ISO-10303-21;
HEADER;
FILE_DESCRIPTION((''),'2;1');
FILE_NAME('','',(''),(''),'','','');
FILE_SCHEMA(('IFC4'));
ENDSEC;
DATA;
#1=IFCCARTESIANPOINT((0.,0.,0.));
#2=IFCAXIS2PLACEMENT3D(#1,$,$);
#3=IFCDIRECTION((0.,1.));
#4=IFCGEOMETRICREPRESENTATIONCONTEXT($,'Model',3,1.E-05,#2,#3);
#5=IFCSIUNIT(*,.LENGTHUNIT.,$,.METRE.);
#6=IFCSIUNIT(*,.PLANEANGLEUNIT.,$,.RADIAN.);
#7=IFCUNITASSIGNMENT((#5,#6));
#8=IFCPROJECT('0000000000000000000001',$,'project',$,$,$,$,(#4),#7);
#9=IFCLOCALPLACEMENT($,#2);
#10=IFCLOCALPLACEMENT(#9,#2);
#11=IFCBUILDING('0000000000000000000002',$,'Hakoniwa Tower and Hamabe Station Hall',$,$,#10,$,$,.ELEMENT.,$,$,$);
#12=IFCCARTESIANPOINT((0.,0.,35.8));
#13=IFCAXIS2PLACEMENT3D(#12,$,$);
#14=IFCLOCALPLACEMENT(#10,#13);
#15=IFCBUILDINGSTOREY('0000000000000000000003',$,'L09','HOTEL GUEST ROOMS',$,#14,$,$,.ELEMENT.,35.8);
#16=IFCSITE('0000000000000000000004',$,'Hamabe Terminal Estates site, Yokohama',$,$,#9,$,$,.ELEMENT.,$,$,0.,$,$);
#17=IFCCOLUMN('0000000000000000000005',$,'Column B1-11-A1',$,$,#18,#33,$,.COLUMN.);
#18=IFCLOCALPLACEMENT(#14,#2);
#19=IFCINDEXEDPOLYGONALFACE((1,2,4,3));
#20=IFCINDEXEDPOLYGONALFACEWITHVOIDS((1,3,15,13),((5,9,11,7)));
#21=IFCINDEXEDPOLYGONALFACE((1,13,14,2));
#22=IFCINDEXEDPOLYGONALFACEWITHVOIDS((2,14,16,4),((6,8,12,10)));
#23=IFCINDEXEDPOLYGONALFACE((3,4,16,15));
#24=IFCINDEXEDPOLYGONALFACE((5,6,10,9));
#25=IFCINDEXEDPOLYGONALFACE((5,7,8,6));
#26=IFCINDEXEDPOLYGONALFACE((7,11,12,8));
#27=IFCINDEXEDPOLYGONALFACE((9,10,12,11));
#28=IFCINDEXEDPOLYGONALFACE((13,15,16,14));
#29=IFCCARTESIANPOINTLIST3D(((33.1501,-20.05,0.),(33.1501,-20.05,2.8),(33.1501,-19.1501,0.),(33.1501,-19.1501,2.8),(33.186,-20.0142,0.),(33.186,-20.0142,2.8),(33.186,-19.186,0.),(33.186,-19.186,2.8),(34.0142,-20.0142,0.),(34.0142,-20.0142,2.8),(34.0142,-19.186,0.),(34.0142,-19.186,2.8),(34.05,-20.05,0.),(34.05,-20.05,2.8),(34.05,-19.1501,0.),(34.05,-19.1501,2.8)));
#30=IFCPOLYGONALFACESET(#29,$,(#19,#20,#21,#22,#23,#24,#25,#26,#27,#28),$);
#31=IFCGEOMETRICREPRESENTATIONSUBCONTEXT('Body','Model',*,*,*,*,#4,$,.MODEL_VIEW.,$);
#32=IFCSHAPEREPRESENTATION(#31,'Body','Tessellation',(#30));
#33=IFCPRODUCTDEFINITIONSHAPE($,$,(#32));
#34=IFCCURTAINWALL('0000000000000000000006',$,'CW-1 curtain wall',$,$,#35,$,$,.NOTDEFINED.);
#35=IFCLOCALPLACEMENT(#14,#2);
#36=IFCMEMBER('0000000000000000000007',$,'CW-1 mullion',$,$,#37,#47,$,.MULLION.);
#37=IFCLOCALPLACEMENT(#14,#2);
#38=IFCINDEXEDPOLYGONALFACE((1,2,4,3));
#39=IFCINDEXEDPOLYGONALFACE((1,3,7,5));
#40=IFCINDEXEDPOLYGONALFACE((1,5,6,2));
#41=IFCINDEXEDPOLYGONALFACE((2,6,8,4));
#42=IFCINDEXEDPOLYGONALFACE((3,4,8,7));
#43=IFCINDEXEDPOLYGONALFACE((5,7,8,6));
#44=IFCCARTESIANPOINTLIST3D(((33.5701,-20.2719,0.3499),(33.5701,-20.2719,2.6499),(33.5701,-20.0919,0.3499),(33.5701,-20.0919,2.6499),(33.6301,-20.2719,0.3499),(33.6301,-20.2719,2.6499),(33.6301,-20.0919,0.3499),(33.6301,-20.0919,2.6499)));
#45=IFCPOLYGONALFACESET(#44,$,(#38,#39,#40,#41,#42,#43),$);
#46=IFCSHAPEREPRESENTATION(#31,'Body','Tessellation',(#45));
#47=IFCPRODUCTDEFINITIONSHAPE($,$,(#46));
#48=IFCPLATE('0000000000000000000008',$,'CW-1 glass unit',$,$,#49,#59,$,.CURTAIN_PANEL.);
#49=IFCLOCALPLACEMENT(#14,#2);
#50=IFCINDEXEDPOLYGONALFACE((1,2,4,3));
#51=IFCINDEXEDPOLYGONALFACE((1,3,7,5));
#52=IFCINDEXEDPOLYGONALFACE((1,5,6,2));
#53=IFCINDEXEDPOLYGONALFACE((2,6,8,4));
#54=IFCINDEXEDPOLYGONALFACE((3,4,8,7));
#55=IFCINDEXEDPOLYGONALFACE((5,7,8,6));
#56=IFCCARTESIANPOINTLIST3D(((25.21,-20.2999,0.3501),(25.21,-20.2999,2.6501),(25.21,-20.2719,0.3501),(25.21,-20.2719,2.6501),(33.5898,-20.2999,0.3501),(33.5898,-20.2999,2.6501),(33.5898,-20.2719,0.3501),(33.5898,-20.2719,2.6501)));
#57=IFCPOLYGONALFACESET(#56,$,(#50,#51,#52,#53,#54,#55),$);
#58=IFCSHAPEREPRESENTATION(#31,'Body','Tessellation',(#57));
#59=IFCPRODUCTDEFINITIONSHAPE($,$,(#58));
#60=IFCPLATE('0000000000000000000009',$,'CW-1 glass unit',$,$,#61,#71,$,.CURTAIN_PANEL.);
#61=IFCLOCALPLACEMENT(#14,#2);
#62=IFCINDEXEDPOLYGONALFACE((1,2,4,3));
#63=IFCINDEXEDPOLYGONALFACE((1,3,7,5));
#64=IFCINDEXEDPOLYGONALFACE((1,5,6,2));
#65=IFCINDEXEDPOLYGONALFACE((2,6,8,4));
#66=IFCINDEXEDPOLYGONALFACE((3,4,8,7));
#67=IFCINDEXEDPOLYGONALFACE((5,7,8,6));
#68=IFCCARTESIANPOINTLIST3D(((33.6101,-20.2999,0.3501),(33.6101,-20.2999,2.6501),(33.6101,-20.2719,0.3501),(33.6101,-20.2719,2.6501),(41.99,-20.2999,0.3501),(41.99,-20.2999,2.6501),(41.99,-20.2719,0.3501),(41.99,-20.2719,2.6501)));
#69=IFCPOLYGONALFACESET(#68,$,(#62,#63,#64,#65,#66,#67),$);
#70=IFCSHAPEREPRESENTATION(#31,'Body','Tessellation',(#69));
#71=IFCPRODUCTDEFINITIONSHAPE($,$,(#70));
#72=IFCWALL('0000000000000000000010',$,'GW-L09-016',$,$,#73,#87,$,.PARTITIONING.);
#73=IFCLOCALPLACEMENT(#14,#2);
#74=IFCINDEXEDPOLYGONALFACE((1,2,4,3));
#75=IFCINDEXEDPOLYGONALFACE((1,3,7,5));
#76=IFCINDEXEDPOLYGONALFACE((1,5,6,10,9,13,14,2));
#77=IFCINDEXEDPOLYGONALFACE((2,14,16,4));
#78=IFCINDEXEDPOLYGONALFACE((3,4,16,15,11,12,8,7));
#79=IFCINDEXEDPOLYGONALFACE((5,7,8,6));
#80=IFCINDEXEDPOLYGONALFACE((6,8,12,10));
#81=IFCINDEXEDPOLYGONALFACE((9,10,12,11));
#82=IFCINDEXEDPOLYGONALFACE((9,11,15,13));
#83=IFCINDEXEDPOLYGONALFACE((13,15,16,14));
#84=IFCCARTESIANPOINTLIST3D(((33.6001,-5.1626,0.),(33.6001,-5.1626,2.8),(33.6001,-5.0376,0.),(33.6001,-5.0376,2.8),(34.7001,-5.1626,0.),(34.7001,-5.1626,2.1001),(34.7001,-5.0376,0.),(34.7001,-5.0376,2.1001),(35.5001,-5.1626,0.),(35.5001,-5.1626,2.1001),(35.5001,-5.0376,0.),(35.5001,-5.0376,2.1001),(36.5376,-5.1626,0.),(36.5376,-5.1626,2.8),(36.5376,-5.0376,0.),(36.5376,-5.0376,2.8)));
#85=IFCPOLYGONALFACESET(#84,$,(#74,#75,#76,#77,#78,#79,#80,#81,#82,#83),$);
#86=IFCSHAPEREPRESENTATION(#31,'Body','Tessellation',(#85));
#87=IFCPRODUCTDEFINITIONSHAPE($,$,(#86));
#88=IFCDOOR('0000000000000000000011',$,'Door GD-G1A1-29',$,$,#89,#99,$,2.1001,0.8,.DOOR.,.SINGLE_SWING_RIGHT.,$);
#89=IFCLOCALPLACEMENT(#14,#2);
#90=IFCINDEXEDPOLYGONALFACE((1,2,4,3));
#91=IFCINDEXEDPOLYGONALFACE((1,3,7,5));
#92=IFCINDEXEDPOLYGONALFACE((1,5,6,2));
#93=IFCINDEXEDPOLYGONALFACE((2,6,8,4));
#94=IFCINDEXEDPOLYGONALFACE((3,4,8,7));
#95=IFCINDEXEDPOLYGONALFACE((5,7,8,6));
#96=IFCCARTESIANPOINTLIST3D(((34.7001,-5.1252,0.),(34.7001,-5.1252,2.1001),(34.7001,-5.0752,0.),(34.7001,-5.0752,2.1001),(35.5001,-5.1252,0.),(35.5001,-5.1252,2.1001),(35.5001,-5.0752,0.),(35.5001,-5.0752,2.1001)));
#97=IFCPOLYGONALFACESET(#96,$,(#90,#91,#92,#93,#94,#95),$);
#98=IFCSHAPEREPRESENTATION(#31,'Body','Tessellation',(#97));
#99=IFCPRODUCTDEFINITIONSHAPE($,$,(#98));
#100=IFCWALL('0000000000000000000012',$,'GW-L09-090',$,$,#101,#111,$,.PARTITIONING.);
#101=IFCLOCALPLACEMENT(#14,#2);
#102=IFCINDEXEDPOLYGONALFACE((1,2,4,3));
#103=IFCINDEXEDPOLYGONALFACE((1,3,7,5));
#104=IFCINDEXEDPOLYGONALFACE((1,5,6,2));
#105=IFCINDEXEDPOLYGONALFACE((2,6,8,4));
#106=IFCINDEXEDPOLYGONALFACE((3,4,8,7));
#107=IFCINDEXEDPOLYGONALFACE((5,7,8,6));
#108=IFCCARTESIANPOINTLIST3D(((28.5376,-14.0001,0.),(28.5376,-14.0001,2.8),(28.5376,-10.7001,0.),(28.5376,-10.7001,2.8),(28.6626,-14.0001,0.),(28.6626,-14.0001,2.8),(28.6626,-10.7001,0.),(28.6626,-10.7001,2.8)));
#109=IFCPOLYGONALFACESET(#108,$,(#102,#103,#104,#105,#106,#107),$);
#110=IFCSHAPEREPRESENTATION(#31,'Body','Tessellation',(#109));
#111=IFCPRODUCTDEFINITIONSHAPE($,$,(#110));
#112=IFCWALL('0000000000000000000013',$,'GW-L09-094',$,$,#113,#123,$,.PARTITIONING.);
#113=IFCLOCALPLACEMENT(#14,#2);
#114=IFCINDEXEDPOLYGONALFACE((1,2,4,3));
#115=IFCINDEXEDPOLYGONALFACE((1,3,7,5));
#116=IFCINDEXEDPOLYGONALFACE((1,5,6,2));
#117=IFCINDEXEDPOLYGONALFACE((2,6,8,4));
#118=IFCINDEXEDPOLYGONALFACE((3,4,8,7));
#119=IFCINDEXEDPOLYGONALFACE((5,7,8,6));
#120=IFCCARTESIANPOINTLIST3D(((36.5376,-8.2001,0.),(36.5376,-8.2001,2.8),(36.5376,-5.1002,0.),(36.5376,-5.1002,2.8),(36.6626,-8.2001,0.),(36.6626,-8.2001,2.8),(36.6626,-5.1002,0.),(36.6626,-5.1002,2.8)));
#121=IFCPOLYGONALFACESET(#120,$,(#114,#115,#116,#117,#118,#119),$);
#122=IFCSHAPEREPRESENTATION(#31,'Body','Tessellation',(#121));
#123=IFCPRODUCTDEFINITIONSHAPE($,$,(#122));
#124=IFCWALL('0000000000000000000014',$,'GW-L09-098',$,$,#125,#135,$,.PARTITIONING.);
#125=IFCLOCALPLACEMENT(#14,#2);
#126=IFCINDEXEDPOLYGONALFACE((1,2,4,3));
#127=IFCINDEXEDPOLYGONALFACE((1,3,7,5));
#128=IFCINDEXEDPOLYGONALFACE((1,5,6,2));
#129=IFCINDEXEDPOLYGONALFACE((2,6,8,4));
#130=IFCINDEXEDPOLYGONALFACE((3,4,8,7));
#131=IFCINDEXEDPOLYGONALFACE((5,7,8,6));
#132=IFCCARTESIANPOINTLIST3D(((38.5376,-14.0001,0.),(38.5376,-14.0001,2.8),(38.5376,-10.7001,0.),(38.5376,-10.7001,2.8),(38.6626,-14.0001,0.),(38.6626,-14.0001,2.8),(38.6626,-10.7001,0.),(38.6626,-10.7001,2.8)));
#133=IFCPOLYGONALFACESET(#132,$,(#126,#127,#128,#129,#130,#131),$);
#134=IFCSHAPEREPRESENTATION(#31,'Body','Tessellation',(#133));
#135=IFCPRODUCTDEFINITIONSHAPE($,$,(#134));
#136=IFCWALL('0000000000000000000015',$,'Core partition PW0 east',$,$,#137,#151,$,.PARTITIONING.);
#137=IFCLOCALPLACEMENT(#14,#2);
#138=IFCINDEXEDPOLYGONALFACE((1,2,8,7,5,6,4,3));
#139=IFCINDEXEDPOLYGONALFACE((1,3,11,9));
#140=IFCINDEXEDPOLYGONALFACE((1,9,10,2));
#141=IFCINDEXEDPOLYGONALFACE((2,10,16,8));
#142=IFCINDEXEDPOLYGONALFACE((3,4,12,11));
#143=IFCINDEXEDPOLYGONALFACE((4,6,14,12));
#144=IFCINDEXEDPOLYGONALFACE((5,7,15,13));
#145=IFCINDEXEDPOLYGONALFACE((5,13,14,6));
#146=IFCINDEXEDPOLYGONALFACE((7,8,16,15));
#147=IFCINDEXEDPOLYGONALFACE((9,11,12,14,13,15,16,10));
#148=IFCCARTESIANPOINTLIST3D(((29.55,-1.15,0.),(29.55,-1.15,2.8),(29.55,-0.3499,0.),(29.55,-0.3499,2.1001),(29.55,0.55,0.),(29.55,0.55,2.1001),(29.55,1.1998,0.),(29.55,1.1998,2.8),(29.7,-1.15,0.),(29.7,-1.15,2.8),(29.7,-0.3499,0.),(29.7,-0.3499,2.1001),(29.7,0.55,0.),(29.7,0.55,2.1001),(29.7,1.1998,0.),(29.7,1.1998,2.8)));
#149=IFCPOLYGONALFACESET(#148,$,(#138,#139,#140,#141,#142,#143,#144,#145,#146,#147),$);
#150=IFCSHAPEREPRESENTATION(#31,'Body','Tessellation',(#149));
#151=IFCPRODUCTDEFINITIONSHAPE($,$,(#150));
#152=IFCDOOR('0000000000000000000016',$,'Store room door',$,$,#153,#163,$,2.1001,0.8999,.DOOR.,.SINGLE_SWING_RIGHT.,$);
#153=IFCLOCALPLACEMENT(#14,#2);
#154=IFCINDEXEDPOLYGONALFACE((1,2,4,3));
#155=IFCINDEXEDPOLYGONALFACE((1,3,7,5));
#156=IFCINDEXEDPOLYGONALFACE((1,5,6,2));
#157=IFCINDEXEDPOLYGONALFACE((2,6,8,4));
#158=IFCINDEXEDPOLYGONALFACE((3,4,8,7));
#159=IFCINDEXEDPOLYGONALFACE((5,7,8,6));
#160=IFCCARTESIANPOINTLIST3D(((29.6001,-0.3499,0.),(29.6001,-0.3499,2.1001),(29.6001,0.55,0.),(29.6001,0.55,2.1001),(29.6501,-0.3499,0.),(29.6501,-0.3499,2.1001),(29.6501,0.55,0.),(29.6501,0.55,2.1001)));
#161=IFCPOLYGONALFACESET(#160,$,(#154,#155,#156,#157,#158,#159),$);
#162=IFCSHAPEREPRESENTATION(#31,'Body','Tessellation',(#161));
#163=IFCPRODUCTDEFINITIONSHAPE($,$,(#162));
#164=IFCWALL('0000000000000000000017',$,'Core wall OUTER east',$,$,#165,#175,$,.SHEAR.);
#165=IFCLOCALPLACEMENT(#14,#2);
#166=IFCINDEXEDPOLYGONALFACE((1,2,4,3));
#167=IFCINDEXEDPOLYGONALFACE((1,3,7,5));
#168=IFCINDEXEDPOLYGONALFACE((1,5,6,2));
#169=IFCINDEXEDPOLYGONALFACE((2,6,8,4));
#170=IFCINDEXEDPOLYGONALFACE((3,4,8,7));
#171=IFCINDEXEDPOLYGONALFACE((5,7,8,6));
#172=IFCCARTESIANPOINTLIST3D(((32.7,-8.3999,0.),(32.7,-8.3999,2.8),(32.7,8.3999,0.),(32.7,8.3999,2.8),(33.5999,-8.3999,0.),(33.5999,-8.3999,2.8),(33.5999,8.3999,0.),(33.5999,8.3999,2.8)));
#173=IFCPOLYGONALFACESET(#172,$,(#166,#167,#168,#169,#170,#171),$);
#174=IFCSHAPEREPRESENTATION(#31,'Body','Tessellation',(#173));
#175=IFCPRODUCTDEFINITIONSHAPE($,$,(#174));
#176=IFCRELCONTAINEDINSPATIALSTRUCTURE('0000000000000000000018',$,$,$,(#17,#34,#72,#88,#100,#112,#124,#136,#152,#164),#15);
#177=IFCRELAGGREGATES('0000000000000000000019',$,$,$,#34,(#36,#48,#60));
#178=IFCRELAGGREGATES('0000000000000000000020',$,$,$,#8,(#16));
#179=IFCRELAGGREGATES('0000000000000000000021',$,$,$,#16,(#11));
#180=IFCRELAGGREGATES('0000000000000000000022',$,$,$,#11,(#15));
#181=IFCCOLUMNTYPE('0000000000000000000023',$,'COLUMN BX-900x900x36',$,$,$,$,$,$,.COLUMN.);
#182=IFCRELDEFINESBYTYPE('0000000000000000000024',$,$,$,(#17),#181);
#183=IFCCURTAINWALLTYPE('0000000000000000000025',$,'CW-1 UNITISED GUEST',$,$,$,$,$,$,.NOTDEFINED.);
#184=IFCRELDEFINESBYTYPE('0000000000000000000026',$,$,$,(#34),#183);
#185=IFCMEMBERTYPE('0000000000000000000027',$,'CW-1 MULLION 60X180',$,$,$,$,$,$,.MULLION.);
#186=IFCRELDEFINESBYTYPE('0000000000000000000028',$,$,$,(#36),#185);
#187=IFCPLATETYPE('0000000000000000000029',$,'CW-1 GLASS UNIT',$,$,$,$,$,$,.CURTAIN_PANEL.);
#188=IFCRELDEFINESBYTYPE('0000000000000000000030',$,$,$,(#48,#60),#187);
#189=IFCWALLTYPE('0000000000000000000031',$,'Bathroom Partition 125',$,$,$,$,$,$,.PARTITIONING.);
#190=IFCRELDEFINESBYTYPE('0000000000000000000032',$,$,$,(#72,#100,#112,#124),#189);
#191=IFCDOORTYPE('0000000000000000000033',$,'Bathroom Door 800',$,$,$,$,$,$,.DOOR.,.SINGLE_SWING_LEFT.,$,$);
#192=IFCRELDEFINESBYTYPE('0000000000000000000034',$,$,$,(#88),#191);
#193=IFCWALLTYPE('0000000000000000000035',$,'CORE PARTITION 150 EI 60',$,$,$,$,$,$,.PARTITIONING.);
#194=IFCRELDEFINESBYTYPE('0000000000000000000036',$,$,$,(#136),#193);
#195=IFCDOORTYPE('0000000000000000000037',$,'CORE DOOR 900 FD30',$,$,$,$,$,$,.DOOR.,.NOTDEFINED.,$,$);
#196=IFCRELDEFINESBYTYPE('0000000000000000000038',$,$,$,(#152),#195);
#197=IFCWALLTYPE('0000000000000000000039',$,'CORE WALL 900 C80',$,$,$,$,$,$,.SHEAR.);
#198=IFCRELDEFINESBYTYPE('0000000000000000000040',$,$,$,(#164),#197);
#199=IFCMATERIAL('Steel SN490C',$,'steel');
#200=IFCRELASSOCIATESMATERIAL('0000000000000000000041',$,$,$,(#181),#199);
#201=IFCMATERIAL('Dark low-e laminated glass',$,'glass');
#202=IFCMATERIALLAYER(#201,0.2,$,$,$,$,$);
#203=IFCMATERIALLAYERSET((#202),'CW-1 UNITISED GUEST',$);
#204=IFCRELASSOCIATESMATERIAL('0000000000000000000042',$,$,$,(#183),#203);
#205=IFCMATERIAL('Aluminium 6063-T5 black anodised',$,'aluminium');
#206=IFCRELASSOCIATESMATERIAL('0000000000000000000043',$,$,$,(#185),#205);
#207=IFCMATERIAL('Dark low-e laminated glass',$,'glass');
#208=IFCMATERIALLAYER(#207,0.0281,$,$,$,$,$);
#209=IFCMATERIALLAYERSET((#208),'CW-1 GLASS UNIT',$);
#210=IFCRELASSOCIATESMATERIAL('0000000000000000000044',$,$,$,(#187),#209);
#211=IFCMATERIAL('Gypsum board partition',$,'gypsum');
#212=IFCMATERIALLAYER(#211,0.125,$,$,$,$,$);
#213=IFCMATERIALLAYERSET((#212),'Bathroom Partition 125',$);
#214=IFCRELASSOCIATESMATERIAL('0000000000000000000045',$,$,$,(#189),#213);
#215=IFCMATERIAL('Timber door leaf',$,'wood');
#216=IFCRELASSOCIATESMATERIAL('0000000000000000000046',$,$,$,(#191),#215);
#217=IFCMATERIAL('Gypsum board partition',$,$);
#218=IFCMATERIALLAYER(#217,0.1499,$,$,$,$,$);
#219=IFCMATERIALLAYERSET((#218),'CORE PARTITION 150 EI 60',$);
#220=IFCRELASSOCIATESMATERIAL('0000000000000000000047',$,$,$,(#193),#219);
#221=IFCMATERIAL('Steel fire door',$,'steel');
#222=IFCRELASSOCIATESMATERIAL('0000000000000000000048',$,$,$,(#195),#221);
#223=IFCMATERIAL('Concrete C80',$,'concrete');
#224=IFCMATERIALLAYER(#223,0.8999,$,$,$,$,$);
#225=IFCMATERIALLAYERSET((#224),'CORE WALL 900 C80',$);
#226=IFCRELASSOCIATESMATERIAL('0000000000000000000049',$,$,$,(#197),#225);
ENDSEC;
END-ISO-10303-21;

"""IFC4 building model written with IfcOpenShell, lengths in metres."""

from ifc_helpers import new_model, si_unit, direction, frame, frame_2d, origin, origin_2d, place, context, subcontext, project, spatial, rectangle, hollow_rectangle, extrude, material, layer, layer_set, material_profile, profile_set, type_object, element, fill, aggregate, save


model = new_model("IFC4")

# Units and contexts
model_context = context("Model", 3, precision=1e-05, world=origin(), true_north=direction((0.0, 1.0)))
body_context = subcontext(model_context, "Body", "Model", "MODEL_VIEW")
ifc_project = project(units=[si_unit("LENGTHUNIT", "METRE"), si_unit("PLANEANGLEUNIT", "RADIAN")], contexts=[model_context])

# Site, building, storey
site_placement = place(None, origin())
site = spatial("IfcSite", under=ifc_project, at=site_placement, Name="Hamabe Terminal Estates site, Yokohama", CompositionType="ELEMENT", RefElevation=0.0)
building_placement = place(site_placement, origin())
building = spatial("IfcBuilding", under=site, at=building_placement, Name="Hakoniwa Tower and Hamabe Station Hall", CompositionType="ELEMENT")
storey_placement = place(building_placement, frame((0.0, 0.0, 35.8)))
storey = spatial("IfcBuildingStorey", under=building, at=storey_placement, Name="L09", Description="HOTEL GUEST ROOMS", CompositionType="ELEMENT", Elevation=35.8)

# Column
ifc_material_1 = material(Name="Steel SN490C", Category="steel")
ifc_material_profile_1 = material_profile(ifc_material_1, hollow_rectangle(XDim=0.8999, YDim=0.8999, WallThickness=0.0359, at=origin_2d()), Name="BX-900x900x36")
ifc_profile_set_1 = profile_set([ifc_material_profile_1], Name="Steel SN490C")
column_type = type_object("IfcColumnType", Name="COLUMN BX-900x900x36", PredefinedType="COLUMN", material=ifc_profile_set_1)
column_placement = place(storey_placement, frame((33.6001, -19.6001, 0.0), z_axis=(0.0, 0.0, 1.0), x_axis=(1.0, 0.0, 0.0)))
element("IfcColumn", 1, at=column_placement, inside=storey, type_object=column_type, Name="Column B1-11-A1", PredefinedType="COLUMN", context=body_context, shape_type="SweptSolid", body=[
    extrude(hollow_rectangle(XDim=0.8999, YDim=0.8999, WallThickness=0.0359, at=origin_2d()), origin(), (0.0, 0.0, 1.0), 2.8),
])

# Curtain wall, member, plates
ifc_material_2 = material(Name="Dark low-e laminated glass", Category="glass")
ifc_layer_1 = layer(ifc_material_2, 0.2)
ifc_layer_set_1 = layer_set([ifc_layer_1], Name="CW-1 UNITISED GUEST")
curtain_wall_type = type_object("IfcCurtainWallType", Name="CW-1 UNITISED GUEST", PredefinedType="NOTDEFINED", material=ifc_layer_set_1)
curtain_wall_placement = place(storey_placement, origin())
curtain_wall = element("IfcCurtainWall", 2, at=curtain_wall_placement, inside=storey, type_object=curtain_wall_type, Name="CW-1 curtain wall", PredefinedType="NOTDEFINED")
ifc_material_3 = material(Name="Aluminium 6063-T5 black anodised", Category="aluminium")
ifc_material_profile_2 = material_profile(ifc_material_3, rectangle(XDim=0.0601, YDim=0.1799, at=origin_2d()), Name="CW-1 MULLION 60X180")
ifc_profile_set_2 = profile_set([ifc_material_profile_2], Name="Aluminium 6063-T5 black anodised")
member_type = type_object("IfcMemberType", Name="CW-1 MULLION 60X180", PredefinedType="MULLION", material=ifc_profile_set_2)
member_placement = place(storey_placement, frame((33.6001, -20.1819, 0.3499), z_axis=(0.0, 0.0, 1.0), x_axis=(1.0, 0.0, 0.0)))
member = element("IfcMember", 3, at=member_placement, type_object=member_type, Name="CW-1 mullion", PredefinedType="MULLION", context=body_context, shape_type="SweptSolid", body=[
    extrude(rectangle(XDim=0.0601, YDim=0.1799, at=origin_2d()), origin(), (0.0, 0.0, 1.0), 2.3),
])
ifc_material_4 = material(Name="Dark low-e laminated glass", Category="glass")
ifc_layer_2 = layer(ifc_material_4, 0.0281)
ifc_layer_set_2 = layer_set([ifc_layer_2], Name="CW-1 GLASS UNIT")
plate_type = type_object("IfcPlateType", Name="CW-1 GLASS UNIT", PredefinedType="CURTAIN_PANEL", material=ifc_layer_set_2)
plate_1_placement = place(storey_placement, frame((29.3999, -20.2859, 0.3501), z_axis=(0.0, 0.0, 1.0), x_axis=(1.0, 0.0, 0.0)))
plate_1 = element("IfcPlate", 4, at=plate_1_placement, type_object=plate_type, Name="CW-1 glass unit", PredefinedType="CURTAIN_PANEL", context=body_context, shape_type="SweptSolid", body=[
    extrude(rectangle(XDim=8.3799, YDim=0.0281, at=origin_2d()), origin(), (0.0, 0.0, 1.0), 2.3),
])
plate_2_placement = place(storey_placement, frame((37.8, -20.2859, 0.3501), z_axis=(0.0, 0.0, 1.0), x_axis=(1.0, 0.0, 0.0)))
plate_2 = element("IfcPlate", 5, at=plate_2_placement, type_object=plate_type, Name="CW-1 glass unit", PredefinedType="CURTAIN_PANEL", context=body_context, shape_type="SweptSolid", body=[
    extrude(rectangle(XDim=8.3799, YDim=0.0281, at=origin_2d()), origin(), (0.0, 0.0, 1.0), 2.3),
])
aggregate(curtain_wall, [member, plate_1, plate_2])

# Wall, opening, door
ifc_material_5 = material(Name="Gypsum board partition", Category="gypsum")
ifc_layer_3 = layer(ifc_material_5, 0.125)
ifc_layer_set_3 = layer_set([ifc_layer_3], Name="Bathroom Partition 125")
wall_type_1 = type_object("IfcWallType", Name="Bathroom Partition 125", PredefinedType="PARTITIONING", material=ifc_layer_set_3)
wall_1_placement = place(storey_placement, frame((33.6001, -5.1001, 0.0), z_axis=(0.0, 0.0, 1.0), x_axis=(1.0, 0.0, 0.0)))
wall_1 = element("IfcWall", 6, at=wall_1_placement, inside=storey, type_object=wall_type_1, Name="GW-L09-016", PredefinedType="PARTITIONING", context=body_context, shape_type="SweptSolid", body=[
    extrude(rectangle(XDim=2.9375, YDim=0.125, at=frame_2d((1.4688, 0.0))), origin(), (0.0, 0.0, 1.0), 2.8),
])
opening_1_placement = place(wall_1_placement, frame((1.1001, 0.0, 0.0)))
opening_1 = element("IfcOpeningElement", 7, at=opening_1_placement, cuts=wall_1, PredefinedType="OPENING", context=body_context, shape_type="SweptSolid", body=[
    extrude(rectangle(XDim=0.8, YDim=2.1001, at=frame_2d((0.3999, 1.05))), frame((0.0, 0.0725, 0.0), z_axis=(0.0, -1.0, 0.0), x_axis=(1.0, 0.0, 0.0)), (0.0, 0.0, 1.0), 0.145),
])
ifc_material_6 = material(Name="Timber door leaf", Category="wood")
door_type_1 = type_object("IfcDoorType", Name="Bathroom Door 800", OperationType="SINGLE_SWING_LEFT", PredefinedType="DOOR", material=ifc_material_6)
door_1_placement = place(opening_1_placement, origin())
door_1 = element("IfcDoor", 8, at=door_1_placement, inside=storey, type_object=door_type_1, Name="Door GD-G1A1-29", OperationType="SINGLE_SWING_RIGHT", OverallHeight=2.1001, OverallWidth=0.8, PredefinedType="DOOR", context=body_context, shape_type="SweptSolid", body=[
    extrude(rectangle(XDim=0.8, YDim=2.1001, at=frame_2d((0.3999, 1.05))), frame((0.0, 0.0249, 0.0), z_axis=(0.0, -1.0, 0.0), x_axis=(1.0, 0.0, 0.0)), (0.0, 0.0, 1.0), 0.05),
])
fill(opening_1, door_1)

# Walls
wall_2_placement = place(storey_placement, frame((28.6001, -14.0, 0.0), z_axis=(0.0, 0.0, 1.0), x_axis=(0.0, 1.0, 0.0)))
element("IfcWall", 9, at=wall_2_placement, inside=storey, type_object=wall_type_1, Name="GW-L09-090", PredefinedType="PARTITIONING", context=body_context, shape_type="SweptSolid", body=[
    extrude(rectangle(XDim=3.3, YDim=0.125, at=frame_2d((1.6499, 0.0))), origin(), (0.0, 0.0, 1.0), 2.8),
])
wall_3_placement = place(storey_placement, frame((36.6001, -8.2, 0.0), z_axis=(0.0, 0.0, 1.0), x_axis=(0.0, 1.0, 0.0)))
element("IfcWall", 10, at=wall_3_placement, inside=storey, type_object=wall_type_1, Name="GW-L09-094", PredefinedType="PARTITIONING", context=body_context, shape_type="SweptSolid", body=[
    extrude(rectangle(XDim=3.0999, YDim=0.125, at=frame_2d((1.5498, 0.0))), origin(), (0.0, 0.0, 1.0), 2.8),
])
wall_4_placement = place(storey_placement, frame((38.6001, -14.0, 0.0), z_axis=(0.0, 0.0, 1.0), x_axis=(0.0, 1.0, 0.0)))
element("IfcWall", 11, at=wall_4_placement, inside=storey, type_object=wall_type_1, Name="GW-L09-098", PredefinedType="PARTITIONING", context=body_context, shape_type="SweptSolid", body=[
    extrude(rectangle(XDim=3.3, YDim=0.125, at=frame_2d((1.6499, 0.0))), origin(), (0.0, 0.0, 1.0), 2.8),
])

# Wall, opening, door
ifc_material_7 = material(Name="Gypsum board partition")
ifc_layer_4 = layer(ifc_material_7, 0.1499)
ifc_layer_set_4 = layer_set([ifc_layer_4], Name="CORE PARTITION 150 EI 60")
wall_type_2 = type_object("IfcWallType", Name="CORE PARTITION 150 EI 60", PredefinedType="PARTITIONING", material=ifc_layer_set_4)
wall_5_placement = place(storey_placement, frame((29.625, -1.1499, 0.0), z_axis=(0.0, 0.0, 1.0), x_axis=(0.0, 1.0, 0.0)))
wall_5 = element("IfcWall", 12, at=wall_5_placement, inside=storey, type_object=wall_type_2, Name="Core partition PW0 east", PredefinedType="PARTITIONING", context=body_context, shape_type="SweptSolid", body=[
    extrude(rectangle(XDim=2.3499, YDim=0.1499, at=frame_2d((1.1748, 0.0))), origin(), (0.0, 0.0, 1.0), 2.8),
])
opening_2_placement = place(wall_5_placement, frame((0.8, 0.0, 0.0)))
opening_2 = element("IfcOpeningElement", 13, at=opening_2_placement, cuts=wall_5, PredefinedType="OPENING", context=body_context, shape_type="SweptSolid", body=[
    extrude(rectangle(XDim=0.8999, YDim=2.1001, at=frame_2d((0.45, 1.05))), frame((0.0, 0.085, 0.0), z_axis=(0.0, -1.0, 0.0), x_axis=(1.0, 0.0, 0.0)), (0.0, 0.0, 1.0), 0.1699),
])
ifc_material_8 = material(Name="Steel fire door", Category="steel")
door_type_2 = type_object("IfcDoorType", Name="CORE DOOR 900 FD30", OperationType="NOTDEFINED", PredefinedType="DOOR", material=ifc_material_8)
door_2_placement = place(opening_2_placement, origin())
door_2 = element("IfcDoor", 14, at=door_2_placement, inside=storey, type_object=door_type_2, Name="Store room door", OperationType="SINGLE_SWING_RIGHT", OverallHeight=2.1001, OverallWidth=0.8999, PredefinedType="DOOR", context=body_context, shape_type="SweptSolid", body=[
    extrude(rectangle(XDim=0.8999, YDim=2.1001, at=frame_2d((0.45, 1.05))), frame((0.0, 0.0249, 0.0), z_axis=(0.0, -1.0, 0.0), x_axis=(1.0, 0.0, 0.0)), (0.0, 0.0, 1.0), 0.05),
])
fill(opening_2, door_2)

# Wall
ifc_material_9 = material(Name="Concrete C80", Category="concrete")
ifc_layer_5 = layer(ifc_material_9, 0.8999)
ifc_layer_set_5 = layer_set([ifc_layer_5], Name="CORE WALL 900 C80")
wall_type_3 = type_object("IfcWallType", Name="CORE WALL 900 C80", PredefinedType="SHEAR", material=ifc_layer_set_5)
wall_6_placement = place(storey_placement, frame((33.1499, -8.3999, 0.0), z_axis=(0.0, 0.0, 1.0), x_axis=(0.0, 1.0, 0.0)))
element("IfcWall", 15, at=wall_6_placement, inside=storey, type_object=wall_type_3, Name="Core wall OUTER east", PredefinedType="SHEAR", context=body_context, shape_type="SweptSolid", body=[
    extrude(rectangle(XDim=16.7998, YDim=0.8999, at=frame_2d((8.3999, 0.0))), origin(), (0.0, 0.0, 1.0), 2.8),
])

save(model, "model.ifc")
